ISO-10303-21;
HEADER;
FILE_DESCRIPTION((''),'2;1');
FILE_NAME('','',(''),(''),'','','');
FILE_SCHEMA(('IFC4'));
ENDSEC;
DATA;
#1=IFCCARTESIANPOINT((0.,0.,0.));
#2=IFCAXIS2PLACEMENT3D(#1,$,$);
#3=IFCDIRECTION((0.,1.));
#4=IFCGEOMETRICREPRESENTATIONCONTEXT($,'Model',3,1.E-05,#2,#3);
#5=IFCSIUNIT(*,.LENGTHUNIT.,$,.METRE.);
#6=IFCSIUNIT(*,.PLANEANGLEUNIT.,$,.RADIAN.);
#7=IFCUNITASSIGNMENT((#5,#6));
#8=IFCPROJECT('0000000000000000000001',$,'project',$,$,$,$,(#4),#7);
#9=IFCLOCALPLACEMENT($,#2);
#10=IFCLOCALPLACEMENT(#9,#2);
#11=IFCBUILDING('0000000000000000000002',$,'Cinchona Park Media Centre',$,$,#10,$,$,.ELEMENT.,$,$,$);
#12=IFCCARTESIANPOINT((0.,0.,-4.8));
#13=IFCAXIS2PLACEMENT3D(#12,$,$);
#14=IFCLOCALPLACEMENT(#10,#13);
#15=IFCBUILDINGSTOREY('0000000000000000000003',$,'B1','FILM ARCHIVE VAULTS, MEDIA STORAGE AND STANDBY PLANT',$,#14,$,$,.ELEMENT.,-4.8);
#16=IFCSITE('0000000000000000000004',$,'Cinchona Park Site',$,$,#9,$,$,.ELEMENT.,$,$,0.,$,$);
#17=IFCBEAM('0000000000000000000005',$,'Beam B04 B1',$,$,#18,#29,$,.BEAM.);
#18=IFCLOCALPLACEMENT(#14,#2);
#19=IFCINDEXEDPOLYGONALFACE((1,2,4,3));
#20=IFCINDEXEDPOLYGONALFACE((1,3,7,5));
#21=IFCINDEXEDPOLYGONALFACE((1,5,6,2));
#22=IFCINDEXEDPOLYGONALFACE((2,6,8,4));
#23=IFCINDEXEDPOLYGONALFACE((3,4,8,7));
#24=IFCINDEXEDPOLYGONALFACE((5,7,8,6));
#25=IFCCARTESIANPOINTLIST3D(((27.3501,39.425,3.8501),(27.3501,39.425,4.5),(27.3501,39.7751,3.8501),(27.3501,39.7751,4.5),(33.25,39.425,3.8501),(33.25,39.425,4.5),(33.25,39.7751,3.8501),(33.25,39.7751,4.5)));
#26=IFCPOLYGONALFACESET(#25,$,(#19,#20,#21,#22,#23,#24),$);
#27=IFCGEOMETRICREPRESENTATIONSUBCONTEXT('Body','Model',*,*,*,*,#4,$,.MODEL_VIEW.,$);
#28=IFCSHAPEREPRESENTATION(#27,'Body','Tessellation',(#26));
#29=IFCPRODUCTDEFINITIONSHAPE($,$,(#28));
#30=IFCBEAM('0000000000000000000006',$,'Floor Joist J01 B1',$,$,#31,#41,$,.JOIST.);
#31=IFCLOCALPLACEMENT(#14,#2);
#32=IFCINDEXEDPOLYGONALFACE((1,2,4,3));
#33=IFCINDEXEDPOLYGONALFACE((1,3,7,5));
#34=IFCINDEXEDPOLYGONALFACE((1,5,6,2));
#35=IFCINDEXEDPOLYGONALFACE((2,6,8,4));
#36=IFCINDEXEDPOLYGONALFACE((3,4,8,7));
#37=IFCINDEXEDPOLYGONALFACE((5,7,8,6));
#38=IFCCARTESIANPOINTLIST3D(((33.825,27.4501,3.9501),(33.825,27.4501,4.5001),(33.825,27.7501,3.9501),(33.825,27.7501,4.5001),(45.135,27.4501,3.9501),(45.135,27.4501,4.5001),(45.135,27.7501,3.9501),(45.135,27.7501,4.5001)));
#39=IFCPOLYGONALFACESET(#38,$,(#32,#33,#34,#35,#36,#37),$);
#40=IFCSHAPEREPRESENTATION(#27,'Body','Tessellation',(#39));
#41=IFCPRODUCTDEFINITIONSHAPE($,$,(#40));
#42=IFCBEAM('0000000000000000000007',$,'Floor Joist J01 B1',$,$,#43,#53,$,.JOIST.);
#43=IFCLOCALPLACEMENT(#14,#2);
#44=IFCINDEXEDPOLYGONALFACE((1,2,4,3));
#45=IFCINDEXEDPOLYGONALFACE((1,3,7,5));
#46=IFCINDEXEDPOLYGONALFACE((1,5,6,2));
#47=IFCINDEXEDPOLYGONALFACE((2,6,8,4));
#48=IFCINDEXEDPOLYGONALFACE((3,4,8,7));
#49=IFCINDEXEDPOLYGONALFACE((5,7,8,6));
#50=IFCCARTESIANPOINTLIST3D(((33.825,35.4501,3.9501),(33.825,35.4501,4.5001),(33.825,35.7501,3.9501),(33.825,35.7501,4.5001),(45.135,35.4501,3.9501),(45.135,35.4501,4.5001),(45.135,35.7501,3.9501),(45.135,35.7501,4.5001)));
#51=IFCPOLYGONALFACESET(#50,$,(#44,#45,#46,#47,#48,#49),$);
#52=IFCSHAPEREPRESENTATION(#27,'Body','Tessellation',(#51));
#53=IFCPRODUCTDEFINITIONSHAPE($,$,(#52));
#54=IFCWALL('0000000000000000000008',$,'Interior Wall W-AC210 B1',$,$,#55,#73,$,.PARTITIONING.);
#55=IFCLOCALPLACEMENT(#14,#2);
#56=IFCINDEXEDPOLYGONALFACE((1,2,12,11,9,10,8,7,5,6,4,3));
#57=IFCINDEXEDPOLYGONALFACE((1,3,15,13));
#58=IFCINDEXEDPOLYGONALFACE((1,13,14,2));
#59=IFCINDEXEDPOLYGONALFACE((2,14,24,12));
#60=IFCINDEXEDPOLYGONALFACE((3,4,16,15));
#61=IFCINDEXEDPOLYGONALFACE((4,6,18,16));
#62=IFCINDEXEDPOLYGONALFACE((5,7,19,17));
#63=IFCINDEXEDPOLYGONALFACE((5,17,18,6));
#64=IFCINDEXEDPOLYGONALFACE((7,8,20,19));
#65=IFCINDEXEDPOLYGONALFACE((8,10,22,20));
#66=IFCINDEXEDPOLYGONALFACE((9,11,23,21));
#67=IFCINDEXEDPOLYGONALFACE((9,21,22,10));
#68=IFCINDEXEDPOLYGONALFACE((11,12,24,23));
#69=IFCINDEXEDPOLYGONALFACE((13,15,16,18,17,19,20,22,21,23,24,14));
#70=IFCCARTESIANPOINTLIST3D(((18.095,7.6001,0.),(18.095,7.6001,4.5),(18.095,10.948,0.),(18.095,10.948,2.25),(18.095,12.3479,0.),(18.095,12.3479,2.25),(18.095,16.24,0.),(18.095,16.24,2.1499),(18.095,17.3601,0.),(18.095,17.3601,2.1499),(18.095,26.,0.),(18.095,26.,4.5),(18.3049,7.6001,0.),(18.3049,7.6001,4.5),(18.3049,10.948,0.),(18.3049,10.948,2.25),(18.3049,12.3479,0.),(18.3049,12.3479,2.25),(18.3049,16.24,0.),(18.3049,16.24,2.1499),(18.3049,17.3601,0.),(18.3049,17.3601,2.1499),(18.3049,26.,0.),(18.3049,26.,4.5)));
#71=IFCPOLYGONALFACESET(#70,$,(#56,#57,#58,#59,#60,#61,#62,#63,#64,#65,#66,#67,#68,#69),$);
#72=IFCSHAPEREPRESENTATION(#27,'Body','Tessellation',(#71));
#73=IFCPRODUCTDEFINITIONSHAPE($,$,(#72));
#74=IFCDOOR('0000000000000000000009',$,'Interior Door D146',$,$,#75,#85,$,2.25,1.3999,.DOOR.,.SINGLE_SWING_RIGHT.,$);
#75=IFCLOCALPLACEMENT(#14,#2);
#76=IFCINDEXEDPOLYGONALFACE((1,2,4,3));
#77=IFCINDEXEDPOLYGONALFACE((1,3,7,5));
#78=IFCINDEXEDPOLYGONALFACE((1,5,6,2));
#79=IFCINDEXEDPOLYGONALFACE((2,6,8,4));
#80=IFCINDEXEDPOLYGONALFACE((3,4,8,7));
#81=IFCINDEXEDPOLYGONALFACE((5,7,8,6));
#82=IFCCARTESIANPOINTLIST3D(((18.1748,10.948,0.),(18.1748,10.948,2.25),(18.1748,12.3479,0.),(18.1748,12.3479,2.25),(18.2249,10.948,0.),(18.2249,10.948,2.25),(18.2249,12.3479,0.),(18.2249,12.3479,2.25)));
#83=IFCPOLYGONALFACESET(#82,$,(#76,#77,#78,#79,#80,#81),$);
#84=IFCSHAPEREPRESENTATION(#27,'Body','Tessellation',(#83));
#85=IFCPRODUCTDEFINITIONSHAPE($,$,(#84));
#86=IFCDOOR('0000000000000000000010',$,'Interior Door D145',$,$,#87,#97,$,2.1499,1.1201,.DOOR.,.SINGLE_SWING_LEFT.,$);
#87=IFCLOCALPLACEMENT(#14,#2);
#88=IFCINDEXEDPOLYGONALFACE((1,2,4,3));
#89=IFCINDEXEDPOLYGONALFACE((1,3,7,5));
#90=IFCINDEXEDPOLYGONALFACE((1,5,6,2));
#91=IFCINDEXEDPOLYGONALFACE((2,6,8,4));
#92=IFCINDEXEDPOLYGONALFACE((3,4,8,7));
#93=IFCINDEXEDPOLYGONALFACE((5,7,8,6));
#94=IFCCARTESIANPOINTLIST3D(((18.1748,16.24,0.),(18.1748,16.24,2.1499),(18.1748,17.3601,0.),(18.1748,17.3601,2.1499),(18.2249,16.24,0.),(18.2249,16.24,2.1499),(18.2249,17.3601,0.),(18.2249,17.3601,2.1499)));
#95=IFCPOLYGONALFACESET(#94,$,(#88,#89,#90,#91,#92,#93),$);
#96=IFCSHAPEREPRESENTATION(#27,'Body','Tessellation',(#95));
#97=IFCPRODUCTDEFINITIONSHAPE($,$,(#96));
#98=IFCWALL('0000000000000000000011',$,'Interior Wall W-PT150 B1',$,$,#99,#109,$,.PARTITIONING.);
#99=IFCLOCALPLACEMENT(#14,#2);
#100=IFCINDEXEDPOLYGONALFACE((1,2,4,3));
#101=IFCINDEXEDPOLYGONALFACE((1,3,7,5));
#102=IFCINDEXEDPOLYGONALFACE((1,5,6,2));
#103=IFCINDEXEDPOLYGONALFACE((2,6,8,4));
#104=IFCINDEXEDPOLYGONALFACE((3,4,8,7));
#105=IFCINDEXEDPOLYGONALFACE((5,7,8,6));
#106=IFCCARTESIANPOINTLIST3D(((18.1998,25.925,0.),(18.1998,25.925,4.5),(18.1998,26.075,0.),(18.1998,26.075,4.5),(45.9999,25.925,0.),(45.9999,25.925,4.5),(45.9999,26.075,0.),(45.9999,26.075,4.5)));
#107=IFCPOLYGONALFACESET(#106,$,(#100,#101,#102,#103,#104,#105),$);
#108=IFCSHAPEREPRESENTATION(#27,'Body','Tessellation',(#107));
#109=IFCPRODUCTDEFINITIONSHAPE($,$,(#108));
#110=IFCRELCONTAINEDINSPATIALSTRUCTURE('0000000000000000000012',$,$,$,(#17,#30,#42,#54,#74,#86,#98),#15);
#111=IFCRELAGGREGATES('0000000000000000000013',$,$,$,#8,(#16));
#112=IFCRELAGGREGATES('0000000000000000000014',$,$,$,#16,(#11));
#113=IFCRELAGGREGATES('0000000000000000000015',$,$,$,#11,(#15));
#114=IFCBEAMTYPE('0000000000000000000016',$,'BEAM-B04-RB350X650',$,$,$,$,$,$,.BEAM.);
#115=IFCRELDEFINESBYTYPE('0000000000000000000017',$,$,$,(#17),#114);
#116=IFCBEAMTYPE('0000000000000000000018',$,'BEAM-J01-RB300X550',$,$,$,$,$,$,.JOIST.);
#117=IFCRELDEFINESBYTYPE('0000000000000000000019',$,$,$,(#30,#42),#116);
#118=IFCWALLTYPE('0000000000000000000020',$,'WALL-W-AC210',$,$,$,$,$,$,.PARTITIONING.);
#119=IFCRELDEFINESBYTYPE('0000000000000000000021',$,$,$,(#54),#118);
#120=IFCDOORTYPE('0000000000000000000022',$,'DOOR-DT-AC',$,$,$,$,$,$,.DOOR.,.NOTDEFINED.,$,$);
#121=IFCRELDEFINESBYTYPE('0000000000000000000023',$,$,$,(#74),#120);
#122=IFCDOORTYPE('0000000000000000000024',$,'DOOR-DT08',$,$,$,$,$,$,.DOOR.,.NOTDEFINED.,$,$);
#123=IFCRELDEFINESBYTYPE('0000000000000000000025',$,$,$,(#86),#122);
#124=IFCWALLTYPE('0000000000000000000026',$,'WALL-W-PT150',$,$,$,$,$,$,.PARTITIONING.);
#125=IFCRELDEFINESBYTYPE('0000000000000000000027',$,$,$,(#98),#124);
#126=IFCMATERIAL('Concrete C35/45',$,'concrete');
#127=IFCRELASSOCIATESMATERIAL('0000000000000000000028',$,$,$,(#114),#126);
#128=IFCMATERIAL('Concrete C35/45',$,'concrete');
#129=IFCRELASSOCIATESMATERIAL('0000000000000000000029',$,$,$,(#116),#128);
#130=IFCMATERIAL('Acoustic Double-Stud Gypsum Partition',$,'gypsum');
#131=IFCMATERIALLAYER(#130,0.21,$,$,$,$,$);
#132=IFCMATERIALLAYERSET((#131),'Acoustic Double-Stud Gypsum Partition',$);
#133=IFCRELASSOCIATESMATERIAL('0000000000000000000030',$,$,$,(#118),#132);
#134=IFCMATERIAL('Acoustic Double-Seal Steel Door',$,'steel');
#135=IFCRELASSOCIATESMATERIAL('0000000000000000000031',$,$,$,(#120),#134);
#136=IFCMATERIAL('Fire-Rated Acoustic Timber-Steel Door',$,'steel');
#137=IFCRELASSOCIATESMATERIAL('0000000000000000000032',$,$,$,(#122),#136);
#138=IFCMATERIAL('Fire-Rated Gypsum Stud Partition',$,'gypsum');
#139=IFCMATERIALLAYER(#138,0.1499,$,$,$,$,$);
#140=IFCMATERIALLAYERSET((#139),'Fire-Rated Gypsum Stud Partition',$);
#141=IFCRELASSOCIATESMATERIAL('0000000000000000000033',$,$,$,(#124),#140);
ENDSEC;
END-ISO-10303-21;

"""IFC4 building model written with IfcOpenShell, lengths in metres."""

from ifc_helpers import new_model, si_unit, direction, frame, frame_2d, origin, origin_2d, place, context, subcontext, project, spatial, rectangle, extrude, material, layer, layer_set, material_profile, profile_set, type_object, element, fill, save


model = new_model("IFC4")

# Units and contexts
model_context = context("Model", 3, precision=1e-05, world=origin(), true_north=direction((0.0, 1.0)))
body_context = subcontext(model_context, "Body", "Model", "MODEL_VIEW")
ifc_project = project(units=[si_unit("LENGTHUNIT", "METRE"), si_unit("PLANEANGLEUNIT", "RADIAN")], contexts=[model_context])

# Site, building, storey
site_placement = place(None, origin())
site = spatial("IfcSite", under=ifc_project, at=site_placement, Name="Cinchona Park Site", CompositionType="ELEMENT", RefElevation=0.0)
building_placement = place(site_placement, origin())
building = spatial("IfcBuilding", under=site, at=building_placement, Name="Cinchona Park Media Centre", CompositionType="ELEMENT")
storey_placement = place(building_placement, frame((0.0, 0.0, -4.8)))
storey = spatial("IfcBuildingStorey", under=building, at=storey_placement, Name="B1", Description="FILM ARCHIVE VAULTS, MEDIA STORAGE AND STANDBY PLANT", CompositionType="ELEMENT", Elevation=-4.8)

# Beams
ifc_material_1 = material(Name="Concrete C35/45", Category="concrete")
ifc_material_profile_1 = material_profile(ifc_material_1, rectangle(XDim=0.3501, YDim=0.6499, at=origin_2d()), Name="RB 350X650")
ifc_profile_set_1 = profile_set([ifc_material_profile_1], Name="Concrete C35/45")
beam_type_1 = type_object("IfcBeamType", Name="BEAM-B04-RB350X650", PredefinedType="BEAM", material=ifc_profile_set_1)
for number, where, z_axis, x_axis, name in (
    (1, (27.3501, 39.6001, 4.175), (1.0, 0.0, 0.0), (0.0, 1.0, 0.0), "Beam B04 B1"),
):
    element("IfcBeam", number, at=place(storey_placement, frame(where, z_axis=z_axis, x_axis=x_axis)), inside=storey, type_object=beam_type_1, Name=name, PredefinedType="BEAM", context=body_context, shape_type="SweptSolid", body=[
        extrude(rectangle(XDim=0.3501, YDim=0.6499, at=origin_2d()), origin(), (0.0, 0.0, 1.0), 5.8999),
    ])
ifc_material_2 = material(Name="Concrete C35/45", Category="concrete")
ifc_material_profile_2 = material_profile(ifc_material_2, rectangle(XDim=0.3, YDim=0.55, at=origin_2d()), Name="RB 300X550")
ifc_profile_set_2 = profile_set([ifc_material_profile_2], Name="Concrete C35/45")
beam_type_2 = type_object("IfcBeamType", Name="BEAM-J01-RB300X550", PredefinedType="JOIST", material=ifc_profile_set_2)
for number, where, z_axis, x_axis, name in (
    (2, (33.825, 27.6001, 4.2251), (1.0, 0.0, 0.0), (0.0, 1.0, 0.0), "Floor Joist J01 B1"),
    (3, (33.825, 35.6001, 4.2251), (1.0, 0.0, 0.0), (0.0, 1.0, 0.0), "Floor Joist J01 B1"),
):
    element("IfcBeam", number, at=place(storey_placement, frame(where, z_axis=z_axis, x_axis=x_axis)), inside=storey, type_object=beam_type_2, Name=name, PredefinedType="JOIST", context=body_context, shape_type="SweptSolid", body=[
        extrude(rectangle(XDim=0.3, YDim=0.55, at=origin_2d()), origin(), (0.0, 0.0, 1.0), 11.3101),
    ])

# Wall, openings, doors
ifc_material_3 = material(Name="Acoustic Double-Stud Gypsum Partition", Category="gypsum")
ifc_layer_1 = layer(ifc_material_3, 0.21)
ifc_layer_set_1 = layer_set([ifc_layer_1], Name="Acoustic Double-Stud Gypsum Partition")
wall_type_1 = type_object("IfcWallType", Name="WALL-W-AC210", PredefinedType="PARTITIONING", material=ifc_layer_set_1)
wall_1_placement = place(storey_placement, frame((18.2, 26.0, 0.0), z_axis=(0.0, 0.0, 1.0), x_axis=(0.0, -1.0, 0.0)))
wall_1 = element("IfcWall", 4, at=wall_1_placement, inside=storey, type_object=wall_type_1, Name="Interior Wall W-AC210 B1", PredefinedType="PARTITIONING", context=body_context, shape_type="SweptSolid", body=[
    extrude(rectangle(XDim=18.3999, YDim=0.21, at=frame_2d((9.2, 0.0))), origin(), (0.0, 0.0, 1.0), 4.5),
])
opening_1_placement = place(wall_1_placement, frame((8.6399, 0.0, 0.0)))
opening_1 = element("IfcOpeningElement", 5, at=opening_1_placement, cuts=wall_1, PredefinedType="OPENING", context=body_context, shape_type="SweptSolid", body=[
    extrude(rectangle(XDim=1.1201, YDim=2.1499, at=frame_2d((0.5601, 1.075))), frame((0.0, 0.115, 0.0), z_axis=(0.0, -1.0, 0.0), x_axis=(1.0, 0.0, 0.0)), (0.0, 0.0, 1.0), 0.23),
])
opening_2_placement = place(wall_1_placement, frame((13.6521, 0.0, 0.0)))
opening_2 = element("IfcOpeningElement", 6, at=opening_2_placement, cuts=wall_1, PredefinedType="OPENING", context=body_context, shape_type="SweptSolid", body=[
    extrude(rectangle(XDim=1.3999, YDim=2.25, at=frame_2d((0.7, 1.125))), frame((0.0, 0.115, 0.0), z_axis=(0.0, -1.0, 0.0), x_axis=(1.0, 0.0, 0.0)), (0.0, 0.0, 1.0), 0.23),
])
ifc_material_4 = material(Name="Acoustic Double-Seal Steel Door", Category="steel")
door_type_1 = type_object("IfcDoorType", Name="DOOR-DT-AC", OperationType="NOTDEFINED", PredefinedType="DOOR", material=ifc_material_4)
door_1_placement = place(opening_2_placement, origin())
door_1 = element("IfcDoor", 7, at=door_1_placement, inside=storey, type_object=door_type_1, Name="Interior Door D146", OperationType="SINGLE_SWING_RIGHT", OverallHeight=2.25, OverallWidth=1.3999, PredefinedType="DOOR", context=body_context, shape_type="SweptSolid", body=[
    extrude(rectangle(XDim=1.3999, YDim=2.25, at=frame_2d((0.7, 1.125))), frame((0.0, 0.0249, 0.0), z_axis=(0.0, -1.0, 0.0), x_axis=(1.0, 0.0, 0.0)), (0.0, 0.0, 1.0), 0.05),
])
fill(opening_2, door_1)
ifc_material_5 = material(Name="Fire-Rated Acoustic Timber-Steel Door", Category="steel")
door_type_2 = type_object("IfcDoorType", Name="DOOR-DT08", OperationType="NOTDEFINED", PredefinedType="DOOR", material=ifc_material_5)
door_2_placement = place(opening_1_placement, origin())
door_2 = element("IfcDoor", 8, at=door_2_placement, inside=storey, type_object=door_type_2, Name="Interior Door D145", OperationType="SINGLE_SWING_LEFT", OverallHeight=2.1499, OverallWidth=1.1201, PredefinedType="DOOR", context=body_context, shape_type="SweptSolid", body=[
    extrude(rectangle(XDim=1.1201, YDim=2.1499, at=frame_2d((0.5601, 1.075))), frame((0.0, 0.0249, 0.0), z_axis=(0.0, -1.0, 0.0), x_axis=(1.0, 0.0, 0.0)), (0.0, 0.0, 1.0), 0.05),
])
fill(opening_1, door_2)

# Wall
ifc_material_6 = material(Name="Fire-Rated Gypsum Stud Partition", Category="gypsum")
ifc_layer_2 = layer(ifc_material_6, 0.1499)
ifc_layer_set_2 = layer_set([ifc_layer_2], Name="Fire-Rated Gypsum Stud Partition")
wall_type_2 = type_object("IfcWallType", Name="WALL-W-PT150", PredefinedType="PARTITIONING", material=ifc_layer_set_2)
wall_2_placement = place(storey_placement, frame((18.2, 26.0, 0.0), z_axis=(0.0, 0.0, 1.0), x_axis=(1.0, 0.0, 0.0)))
element("IfcWall", 9, at=wall_2_placement, inside=storey, type_object=wall_type_2, Name="Interior Wall W-PT150 B1", PredefinedType="PARTITIONING", context=body_context, shape_type="SweptSolid", body=[
    extrude(rectangle(XDim=27.8, YDim=0.1499, at=frame_2d((13.8999, 0.0))), origin(), (0.0, 0.0, 1.0), 4.5),
])

save(model, "model.ifc")
